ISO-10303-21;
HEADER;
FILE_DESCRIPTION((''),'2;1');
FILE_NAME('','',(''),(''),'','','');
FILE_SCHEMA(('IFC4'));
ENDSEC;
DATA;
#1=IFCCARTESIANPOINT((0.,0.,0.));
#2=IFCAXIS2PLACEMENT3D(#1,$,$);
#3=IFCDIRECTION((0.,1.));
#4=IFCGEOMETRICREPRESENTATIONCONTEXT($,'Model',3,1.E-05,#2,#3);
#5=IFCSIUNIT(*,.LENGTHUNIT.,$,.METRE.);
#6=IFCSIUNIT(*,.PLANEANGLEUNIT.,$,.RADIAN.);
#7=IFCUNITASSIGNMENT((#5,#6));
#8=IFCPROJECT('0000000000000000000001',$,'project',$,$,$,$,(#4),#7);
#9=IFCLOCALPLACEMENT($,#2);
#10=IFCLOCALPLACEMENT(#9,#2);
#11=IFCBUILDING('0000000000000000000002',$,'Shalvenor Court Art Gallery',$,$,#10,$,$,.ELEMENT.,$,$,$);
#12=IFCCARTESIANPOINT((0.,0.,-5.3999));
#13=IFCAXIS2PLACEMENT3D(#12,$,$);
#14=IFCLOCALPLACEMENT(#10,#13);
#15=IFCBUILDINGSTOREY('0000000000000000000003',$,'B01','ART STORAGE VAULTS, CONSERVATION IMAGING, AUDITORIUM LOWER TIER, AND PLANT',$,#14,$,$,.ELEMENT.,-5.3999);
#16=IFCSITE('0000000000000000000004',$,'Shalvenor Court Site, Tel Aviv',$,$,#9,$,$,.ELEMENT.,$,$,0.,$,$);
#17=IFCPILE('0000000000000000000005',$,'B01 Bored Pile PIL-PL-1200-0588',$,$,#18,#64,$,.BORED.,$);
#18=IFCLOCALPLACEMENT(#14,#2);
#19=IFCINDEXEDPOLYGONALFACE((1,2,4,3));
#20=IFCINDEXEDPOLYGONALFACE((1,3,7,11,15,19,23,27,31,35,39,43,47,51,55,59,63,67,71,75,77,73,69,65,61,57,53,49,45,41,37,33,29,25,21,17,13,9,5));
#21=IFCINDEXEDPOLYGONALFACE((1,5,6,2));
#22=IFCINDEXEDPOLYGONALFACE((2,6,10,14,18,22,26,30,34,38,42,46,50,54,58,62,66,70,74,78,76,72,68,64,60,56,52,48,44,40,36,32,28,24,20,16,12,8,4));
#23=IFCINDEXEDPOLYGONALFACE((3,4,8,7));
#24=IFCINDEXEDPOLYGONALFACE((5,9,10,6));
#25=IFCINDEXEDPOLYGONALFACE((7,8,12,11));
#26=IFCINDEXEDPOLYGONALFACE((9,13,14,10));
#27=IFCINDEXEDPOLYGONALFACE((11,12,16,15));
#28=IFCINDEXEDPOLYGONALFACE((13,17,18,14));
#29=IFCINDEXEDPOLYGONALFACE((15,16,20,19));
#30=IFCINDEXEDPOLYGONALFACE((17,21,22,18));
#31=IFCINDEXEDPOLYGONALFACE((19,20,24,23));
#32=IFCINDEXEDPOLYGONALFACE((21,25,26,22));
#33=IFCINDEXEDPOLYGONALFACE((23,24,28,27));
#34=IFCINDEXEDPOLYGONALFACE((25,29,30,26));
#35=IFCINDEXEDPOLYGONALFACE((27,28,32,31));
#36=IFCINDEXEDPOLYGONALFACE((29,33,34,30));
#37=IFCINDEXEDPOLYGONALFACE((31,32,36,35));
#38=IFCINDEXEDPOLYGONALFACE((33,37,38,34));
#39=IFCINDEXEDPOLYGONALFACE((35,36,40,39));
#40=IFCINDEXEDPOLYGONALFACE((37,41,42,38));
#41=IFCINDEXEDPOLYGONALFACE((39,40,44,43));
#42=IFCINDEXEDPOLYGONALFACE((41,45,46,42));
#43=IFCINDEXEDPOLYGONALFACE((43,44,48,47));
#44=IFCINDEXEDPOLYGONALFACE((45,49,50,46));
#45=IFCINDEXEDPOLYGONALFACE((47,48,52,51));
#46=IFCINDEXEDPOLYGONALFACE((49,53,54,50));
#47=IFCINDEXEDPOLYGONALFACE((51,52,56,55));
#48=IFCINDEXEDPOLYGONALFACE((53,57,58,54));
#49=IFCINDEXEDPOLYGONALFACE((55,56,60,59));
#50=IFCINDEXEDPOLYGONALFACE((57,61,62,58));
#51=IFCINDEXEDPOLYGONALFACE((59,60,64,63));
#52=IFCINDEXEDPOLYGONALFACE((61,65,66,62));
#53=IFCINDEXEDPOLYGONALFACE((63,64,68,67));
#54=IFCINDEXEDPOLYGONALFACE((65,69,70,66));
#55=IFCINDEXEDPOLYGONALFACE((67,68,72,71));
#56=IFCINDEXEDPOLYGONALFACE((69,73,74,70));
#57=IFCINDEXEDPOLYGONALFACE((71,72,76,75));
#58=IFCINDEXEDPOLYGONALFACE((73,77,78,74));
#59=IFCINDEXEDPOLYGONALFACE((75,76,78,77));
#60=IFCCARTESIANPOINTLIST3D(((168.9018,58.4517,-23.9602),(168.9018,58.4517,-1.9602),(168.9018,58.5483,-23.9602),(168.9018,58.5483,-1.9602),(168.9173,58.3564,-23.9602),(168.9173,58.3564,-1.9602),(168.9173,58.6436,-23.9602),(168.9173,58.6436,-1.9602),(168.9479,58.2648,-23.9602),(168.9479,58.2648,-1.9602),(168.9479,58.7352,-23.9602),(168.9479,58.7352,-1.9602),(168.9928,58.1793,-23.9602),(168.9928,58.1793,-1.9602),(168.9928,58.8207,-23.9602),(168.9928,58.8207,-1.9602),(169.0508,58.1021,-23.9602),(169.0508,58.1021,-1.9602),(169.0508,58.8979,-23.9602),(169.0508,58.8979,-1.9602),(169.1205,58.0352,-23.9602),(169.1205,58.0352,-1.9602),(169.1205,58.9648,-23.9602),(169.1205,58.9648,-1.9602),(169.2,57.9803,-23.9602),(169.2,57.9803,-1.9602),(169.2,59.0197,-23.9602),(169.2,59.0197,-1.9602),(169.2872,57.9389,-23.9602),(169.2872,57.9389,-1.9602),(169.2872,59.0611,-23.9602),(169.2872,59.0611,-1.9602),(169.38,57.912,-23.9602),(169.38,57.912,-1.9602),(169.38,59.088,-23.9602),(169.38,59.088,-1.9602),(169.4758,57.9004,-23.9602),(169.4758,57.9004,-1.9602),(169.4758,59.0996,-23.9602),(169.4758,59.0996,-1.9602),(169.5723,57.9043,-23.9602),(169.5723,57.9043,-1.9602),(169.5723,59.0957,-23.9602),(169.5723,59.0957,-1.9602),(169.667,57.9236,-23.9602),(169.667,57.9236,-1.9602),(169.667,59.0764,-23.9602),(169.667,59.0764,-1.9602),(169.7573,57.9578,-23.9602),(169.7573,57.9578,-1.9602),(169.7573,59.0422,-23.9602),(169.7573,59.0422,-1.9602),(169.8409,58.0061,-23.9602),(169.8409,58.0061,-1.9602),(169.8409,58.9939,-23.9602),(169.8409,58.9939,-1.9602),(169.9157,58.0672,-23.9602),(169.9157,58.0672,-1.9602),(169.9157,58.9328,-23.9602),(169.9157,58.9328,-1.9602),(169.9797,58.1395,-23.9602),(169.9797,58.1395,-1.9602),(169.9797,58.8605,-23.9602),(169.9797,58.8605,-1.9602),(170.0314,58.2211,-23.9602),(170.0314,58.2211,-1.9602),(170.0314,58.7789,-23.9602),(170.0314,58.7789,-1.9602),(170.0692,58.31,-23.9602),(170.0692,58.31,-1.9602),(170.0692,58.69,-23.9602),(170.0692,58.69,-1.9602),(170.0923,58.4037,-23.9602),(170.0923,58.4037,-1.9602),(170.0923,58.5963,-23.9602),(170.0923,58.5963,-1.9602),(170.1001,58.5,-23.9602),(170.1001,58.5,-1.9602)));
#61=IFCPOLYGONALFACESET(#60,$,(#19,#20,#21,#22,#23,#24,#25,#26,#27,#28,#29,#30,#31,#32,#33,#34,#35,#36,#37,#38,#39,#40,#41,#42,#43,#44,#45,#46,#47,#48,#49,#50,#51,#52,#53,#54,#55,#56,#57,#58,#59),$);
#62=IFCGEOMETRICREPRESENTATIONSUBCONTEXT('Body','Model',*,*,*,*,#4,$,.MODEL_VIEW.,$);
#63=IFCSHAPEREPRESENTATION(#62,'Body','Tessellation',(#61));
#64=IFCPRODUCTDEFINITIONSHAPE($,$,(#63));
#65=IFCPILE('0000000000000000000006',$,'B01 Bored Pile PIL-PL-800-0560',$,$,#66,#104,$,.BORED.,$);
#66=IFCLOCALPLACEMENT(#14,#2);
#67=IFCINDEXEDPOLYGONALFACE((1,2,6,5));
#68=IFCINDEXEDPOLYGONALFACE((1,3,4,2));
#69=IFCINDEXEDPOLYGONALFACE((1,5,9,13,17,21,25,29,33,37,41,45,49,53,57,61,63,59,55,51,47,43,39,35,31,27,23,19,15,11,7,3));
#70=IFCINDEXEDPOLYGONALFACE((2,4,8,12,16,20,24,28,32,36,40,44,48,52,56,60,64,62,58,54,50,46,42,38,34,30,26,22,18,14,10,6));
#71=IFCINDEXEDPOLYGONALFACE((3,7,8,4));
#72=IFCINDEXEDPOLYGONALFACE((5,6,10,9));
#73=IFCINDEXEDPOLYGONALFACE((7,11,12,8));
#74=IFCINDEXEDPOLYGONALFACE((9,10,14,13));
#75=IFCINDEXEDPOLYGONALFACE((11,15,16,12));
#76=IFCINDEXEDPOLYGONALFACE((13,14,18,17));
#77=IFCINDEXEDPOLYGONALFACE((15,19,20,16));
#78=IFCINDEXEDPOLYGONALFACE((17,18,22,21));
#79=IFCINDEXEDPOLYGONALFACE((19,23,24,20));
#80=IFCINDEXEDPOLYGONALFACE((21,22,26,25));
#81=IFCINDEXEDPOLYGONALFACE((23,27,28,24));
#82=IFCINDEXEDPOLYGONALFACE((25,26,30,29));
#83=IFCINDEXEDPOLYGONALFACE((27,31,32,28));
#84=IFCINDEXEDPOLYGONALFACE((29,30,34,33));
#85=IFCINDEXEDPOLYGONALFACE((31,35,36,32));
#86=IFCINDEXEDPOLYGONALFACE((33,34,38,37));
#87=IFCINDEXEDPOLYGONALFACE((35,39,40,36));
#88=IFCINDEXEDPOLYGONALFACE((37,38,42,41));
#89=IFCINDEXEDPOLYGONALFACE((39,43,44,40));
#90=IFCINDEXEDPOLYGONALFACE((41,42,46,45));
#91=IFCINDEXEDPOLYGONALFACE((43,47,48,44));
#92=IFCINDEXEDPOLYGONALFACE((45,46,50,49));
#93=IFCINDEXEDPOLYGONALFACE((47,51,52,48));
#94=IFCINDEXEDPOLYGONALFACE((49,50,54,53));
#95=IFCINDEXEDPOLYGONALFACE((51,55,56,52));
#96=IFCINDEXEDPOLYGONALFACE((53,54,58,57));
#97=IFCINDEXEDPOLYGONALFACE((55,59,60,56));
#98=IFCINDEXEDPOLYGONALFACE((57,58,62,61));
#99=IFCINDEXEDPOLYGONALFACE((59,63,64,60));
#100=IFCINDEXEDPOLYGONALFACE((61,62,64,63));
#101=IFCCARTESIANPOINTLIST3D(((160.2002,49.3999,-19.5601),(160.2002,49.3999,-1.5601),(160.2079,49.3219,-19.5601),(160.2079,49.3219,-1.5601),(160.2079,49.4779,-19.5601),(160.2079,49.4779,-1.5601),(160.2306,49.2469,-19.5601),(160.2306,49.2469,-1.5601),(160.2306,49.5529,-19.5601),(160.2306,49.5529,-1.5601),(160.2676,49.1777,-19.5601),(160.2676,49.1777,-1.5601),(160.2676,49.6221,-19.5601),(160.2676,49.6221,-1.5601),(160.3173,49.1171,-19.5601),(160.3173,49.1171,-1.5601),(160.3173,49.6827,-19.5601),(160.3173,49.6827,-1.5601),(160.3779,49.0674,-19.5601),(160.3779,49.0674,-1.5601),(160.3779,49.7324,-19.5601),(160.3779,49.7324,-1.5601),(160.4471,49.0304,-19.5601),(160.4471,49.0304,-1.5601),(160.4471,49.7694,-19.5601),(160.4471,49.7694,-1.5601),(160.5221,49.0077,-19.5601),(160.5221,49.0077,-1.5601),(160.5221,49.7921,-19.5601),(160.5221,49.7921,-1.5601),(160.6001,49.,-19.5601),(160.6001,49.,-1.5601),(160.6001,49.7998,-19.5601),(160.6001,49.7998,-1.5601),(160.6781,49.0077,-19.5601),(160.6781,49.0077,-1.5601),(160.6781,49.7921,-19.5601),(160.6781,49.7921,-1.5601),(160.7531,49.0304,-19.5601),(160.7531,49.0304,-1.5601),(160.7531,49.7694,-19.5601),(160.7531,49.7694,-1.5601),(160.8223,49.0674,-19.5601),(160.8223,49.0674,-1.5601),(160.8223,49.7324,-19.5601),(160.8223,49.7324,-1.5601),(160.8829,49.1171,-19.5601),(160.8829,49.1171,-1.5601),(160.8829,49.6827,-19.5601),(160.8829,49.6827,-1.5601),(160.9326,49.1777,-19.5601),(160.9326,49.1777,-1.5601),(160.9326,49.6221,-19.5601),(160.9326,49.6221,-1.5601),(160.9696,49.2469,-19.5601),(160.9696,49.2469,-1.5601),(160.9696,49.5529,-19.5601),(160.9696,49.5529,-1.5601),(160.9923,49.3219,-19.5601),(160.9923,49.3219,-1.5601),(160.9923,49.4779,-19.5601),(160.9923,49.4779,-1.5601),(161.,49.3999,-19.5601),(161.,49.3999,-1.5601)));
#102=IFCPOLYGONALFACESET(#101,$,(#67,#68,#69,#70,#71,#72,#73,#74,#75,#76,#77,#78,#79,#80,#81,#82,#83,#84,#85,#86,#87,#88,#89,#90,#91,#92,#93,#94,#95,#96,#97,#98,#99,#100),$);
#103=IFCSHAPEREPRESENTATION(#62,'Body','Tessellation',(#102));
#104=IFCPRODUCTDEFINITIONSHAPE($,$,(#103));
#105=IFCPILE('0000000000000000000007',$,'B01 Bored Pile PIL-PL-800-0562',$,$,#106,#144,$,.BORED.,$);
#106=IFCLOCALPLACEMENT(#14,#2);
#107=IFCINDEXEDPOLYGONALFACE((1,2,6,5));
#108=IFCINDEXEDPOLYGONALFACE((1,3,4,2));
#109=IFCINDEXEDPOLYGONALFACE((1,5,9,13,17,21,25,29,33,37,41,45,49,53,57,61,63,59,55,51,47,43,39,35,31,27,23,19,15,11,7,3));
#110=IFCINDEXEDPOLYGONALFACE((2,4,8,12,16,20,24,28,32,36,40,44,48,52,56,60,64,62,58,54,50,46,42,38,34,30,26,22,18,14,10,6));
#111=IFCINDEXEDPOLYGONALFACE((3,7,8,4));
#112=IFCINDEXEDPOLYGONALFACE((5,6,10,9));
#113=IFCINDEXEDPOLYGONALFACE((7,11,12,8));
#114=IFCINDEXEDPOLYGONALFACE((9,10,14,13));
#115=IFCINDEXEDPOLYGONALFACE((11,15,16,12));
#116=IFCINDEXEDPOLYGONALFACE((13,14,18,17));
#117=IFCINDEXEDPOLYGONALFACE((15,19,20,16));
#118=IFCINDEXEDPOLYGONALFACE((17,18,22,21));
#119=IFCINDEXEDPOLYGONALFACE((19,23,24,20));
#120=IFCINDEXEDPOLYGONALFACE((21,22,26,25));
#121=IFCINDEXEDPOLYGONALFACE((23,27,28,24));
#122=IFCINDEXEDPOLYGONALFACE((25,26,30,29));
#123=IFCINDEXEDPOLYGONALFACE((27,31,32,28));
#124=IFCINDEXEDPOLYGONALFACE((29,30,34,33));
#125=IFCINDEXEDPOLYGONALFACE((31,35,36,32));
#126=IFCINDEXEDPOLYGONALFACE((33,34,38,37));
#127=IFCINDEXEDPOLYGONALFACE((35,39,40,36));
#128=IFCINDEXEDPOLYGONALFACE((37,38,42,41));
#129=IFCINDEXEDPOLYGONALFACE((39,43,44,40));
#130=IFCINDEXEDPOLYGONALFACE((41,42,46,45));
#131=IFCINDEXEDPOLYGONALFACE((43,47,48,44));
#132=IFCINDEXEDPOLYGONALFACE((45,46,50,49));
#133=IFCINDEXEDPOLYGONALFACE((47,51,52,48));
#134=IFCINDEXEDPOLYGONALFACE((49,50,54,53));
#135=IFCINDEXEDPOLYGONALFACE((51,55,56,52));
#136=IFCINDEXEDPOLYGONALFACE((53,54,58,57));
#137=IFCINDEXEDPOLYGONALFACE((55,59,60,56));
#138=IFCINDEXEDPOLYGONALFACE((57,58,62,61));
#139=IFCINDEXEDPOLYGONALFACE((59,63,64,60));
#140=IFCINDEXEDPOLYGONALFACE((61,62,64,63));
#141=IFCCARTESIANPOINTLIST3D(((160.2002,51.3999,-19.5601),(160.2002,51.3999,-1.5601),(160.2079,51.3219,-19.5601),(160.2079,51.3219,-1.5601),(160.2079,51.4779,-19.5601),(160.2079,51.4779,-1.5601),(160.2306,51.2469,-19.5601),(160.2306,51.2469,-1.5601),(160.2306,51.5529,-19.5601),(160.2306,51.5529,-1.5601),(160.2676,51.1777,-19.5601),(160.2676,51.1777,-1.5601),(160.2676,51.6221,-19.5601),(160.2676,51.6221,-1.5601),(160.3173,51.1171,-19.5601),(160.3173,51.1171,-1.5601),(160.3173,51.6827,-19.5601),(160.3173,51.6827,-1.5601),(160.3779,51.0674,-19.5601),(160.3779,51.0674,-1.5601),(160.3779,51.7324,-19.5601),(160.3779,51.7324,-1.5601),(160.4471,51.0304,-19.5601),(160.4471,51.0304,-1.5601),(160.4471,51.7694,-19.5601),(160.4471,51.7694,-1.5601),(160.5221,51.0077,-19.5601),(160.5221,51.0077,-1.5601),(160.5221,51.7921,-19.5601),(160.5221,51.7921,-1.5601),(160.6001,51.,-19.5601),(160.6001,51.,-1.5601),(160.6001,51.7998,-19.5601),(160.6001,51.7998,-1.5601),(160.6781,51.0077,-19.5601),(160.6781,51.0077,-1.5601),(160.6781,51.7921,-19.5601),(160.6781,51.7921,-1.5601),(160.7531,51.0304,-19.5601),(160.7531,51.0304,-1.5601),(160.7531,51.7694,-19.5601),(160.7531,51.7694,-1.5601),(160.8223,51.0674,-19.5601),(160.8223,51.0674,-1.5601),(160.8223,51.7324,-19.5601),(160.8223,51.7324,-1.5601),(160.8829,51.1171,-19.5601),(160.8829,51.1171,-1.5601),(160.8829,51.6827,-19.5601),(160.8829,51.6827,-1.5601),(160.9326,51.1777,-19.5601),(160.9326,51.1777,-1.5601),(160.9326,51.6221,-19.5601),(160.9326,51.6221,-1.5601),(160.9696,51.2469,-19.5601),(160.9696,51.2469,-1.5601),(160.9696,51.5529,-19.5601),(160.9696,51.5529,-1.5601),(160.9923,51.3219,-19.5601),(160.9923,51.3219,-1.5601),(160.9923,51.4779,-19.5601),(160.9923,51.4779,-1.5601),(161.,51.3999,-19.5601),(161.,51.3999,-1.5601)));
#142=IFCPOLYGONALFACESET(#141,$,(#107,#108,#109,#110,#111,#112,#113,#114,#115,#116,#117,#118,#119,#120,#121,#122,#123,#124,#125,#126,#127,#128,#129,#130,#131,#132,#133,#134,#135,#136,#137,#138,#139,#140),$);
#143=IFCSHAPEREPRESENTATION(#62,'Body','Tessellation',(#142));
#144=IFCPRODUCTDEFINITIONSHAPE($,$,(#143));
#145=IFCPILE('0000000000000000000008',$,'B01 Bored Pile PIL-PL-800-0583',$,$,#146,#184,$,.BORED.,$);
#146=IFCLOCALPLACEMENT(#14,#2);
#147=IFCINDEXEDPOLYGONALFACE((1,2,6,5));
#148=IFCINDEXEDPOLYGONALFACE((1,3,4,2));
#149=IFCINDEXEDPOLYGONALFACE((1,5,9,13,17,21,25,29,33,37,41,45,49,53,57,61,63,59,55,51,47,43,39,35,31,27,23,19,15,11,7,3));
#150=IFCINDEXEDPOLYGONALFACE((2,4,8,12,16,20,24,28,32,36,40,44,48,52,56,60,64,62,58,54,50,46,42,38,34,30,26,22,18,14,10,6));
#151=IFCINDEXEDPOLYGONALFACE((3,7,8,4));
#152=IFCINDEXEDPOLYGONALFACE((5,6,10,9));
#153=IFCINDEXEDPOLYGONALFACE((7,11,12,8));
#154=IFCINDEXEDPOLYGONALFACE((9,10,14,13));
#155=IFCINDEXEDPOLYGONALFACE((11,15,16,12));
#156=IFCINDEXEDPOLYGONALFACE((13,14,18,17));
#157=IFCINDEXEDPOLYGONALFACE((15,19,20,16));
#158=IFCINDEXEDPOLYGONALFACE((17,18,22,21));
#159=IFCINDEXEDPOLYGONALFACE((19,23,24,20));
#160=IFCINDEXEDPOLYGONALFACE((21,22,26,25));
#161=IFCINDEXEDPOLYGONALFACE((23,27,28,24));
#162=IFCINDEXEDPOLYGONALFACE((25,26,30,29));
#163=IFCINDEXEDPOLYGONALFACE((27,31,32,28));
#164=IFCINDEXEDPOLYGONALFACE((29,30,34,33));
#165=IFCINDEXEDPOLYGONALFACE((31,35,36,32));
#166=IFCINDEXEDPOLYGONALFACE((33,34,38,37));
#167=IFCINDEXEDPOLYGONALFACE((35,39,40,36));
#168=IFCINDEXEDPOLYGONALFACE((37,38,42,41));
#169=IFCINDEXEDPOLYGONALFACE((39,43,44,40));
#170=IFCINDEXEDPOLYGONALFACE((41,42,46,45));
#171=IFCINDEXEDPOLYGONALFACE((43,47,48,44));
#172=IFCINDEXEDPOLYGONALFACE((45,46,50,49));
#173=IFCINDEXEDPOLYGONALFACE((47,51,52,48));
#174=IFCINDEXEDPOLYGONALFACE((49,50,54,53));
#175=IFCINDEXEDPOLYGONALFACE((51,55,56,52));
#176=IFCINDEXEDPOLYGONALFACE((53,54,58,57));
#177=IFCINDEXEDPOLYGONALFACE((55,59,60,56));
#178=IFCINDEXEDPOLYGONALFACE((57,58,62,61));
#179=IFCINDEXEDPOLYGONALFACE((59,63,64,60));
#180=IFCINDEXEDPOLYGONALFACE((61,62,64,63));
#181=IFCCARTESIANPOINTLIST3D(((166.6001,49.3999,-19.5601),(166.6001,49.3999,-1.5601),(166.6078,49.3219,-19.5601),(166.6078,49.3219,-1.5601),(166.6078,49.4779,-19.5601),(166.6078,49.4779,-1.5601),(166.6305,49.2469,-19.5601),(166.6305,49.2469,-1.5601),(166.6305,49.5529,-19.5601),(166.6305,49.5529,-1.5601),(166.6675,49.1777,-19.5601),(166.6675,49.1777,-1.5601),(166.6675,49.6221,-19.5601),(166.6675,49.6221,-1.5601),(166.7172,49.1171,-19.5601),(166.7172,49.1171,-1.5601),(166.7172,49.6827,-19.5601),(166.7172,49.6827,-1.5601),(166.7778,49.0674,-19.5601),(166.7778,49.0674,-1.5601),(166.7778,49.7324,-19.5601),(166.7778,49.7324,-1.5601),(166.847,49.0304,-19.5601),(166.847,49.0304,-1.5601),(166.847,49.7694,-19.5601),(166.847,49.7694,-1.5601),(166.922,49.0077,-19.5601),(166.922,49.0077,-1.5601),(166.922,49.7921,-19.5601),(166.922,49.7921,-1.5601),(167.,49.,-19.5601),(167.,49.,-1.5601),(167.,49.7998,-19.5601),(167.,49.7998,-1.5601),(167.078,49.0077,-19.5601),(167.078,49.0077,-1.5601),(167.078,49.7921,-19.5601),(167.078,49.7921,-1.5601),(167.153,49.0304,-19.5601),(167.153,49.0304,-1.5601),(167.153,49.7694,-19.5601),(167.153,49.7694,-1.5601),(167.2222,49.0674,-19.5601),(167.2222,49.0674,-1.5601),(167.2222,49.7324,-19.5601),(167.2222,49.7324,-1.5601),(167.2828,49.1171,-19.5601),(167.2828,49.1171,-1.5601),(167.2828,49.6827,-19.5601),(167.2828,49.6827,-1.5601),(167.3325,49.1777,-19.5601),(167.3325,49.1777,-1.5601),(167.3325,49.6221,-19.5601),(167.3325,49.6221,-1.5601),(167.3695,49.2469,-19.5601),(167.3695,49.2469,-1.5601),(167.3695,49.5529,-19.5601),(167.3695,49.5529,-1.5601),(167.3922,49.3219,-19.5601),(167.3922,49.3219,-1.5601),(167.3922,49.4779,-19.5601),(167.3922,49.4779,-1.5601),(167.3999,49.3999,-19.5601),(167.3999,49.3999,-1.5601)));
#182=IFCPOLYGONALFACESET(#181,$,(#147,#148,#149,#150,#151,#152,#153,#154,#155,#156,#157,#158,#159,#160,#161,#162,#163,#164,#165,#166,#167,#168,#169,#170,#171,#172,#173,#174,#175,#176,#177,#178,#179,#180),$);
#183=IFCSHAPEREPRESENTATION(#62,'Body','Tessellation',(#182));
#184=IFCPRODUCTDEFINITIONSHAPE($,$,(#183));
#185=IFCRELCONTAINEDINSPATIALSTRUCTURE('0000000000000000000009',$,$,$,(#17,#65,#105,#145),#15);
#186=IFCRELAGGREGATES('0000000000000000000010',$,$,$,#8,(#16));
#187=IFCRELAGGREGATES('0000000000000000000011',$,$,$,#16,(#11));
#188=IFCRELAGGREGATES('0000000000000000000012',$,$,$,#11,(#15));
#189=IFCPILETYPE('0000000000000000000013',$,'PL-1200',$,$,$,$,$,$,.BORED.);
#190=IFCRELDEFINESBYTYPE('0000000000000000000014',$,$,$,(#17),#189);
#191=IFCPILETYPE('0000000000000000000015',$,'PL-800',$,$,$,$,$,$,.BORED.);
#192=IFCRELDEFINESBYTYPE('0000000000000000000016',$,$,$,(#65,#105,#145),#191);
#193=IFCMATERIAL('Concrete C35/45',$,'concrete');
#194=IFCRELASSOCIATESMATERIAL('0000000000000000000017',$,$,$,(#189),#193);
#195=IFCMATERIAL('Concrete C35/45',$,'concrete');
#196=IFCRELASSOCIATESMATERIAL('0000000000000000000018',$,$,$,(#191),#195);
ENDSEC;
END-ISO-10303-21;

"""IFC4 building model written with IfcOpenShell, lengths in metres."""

from ifc_helpers import new_model, si_unit, direction, frame, origin, origin_2d, place, context, subcontext, project, spatial, circle, extrude, material, material_profile, profile_set, type_object, element, save


model = new_model("IFC4")

# Units and contexts
model_context = context("Model", 3, precision=1e-05, world=origin(), true_north=direction((0.0, 1.0)))
body_context = subcontext(model_context, "Body", "Model", "MODEL_VIEW")
ifc_project = project(units=[si_unit("LENGTHUNIT", "METRE"), si_unit("PLANEANGLEUNIT", "RADIAN")], contexts=[model_context])

# Site, building, storey
site_placement = place(None, origin())
site = spatial("IfcSite", under=ifc_project, at=site_placement, Name="Shalvenor Court Site, Tel Aviv", CompositionType="ELEMENT", RefElevation=0.0)
building_placement = place(site_placement, origin())
building = spatial("IfcBuilding", under=site, at=building_placement, Name="Shalvenor Court Art Gallery", CompositionType="ELEMENT")
storey_placement = place(building_placement, frame((0.0, 0.0, -5.3999)))
storey = spatial("IfcBuildingStorey", under=building, at=storey_placement, Name="B01", Description="ART STORAGE VAULTS, CONSERVATION IMAGING, AUDITORIUM LOWER TIER, AND PLANT", CompositionType="ELEMENT", Elevation=-5.3999)

# Piles
ifc_material_1 = material(Name="Concrete C35/45", Category="concrete")
ifc_material_profile_1 = material_profile(ifc_material_1, circle(Radius=0.6001, at=origin_2d()), Name="PILE 1200")
ifc_profile_set_1 = profile_set([ifc_material_profile_1], Name="Concrete C35/45")
pile_type_1 = type_object("IfcPileType", Name="PL-1200", PredefinedType="BORED", material=ifc_profile_set_1)
for number, where, z_axis, x_axis, name in (
    (1, (169.5, 58.5, -1.9602), (0.0, 0.0, -1.0), (1.0, 0.0, 0.0), "B01 Bored Pile PIL-PL-1200-0588"),
):
    element("IfcPile", number, at=place(storey_placement, frame(where, z_axis=z_axis, x_axis=x_axis)), inside=storey, type_object=pile_type_1, Name=name, PredefinedType="BORED", context=body_context, shape_type="SweptSolid", body=[
        extrude(circle(Radius=0.6001, at=origin_2d()), origin(), (0.0, 0.0, 1.0), 22.0),
    ])
ifc_material_2 = material(Name="Concrete C35/45", Category="concrete")
ifc_material_profile_2 = material_profile(ifc_material_2, circle(Radius=0.3999, at=origin_2d()), Name="PILE 800")
ifc_profile_set_2 = profile_set([ifc_material_profile_2], Name="Concrete C35/45")
pile_type_2 = type_object("IfcPileType", Name="PL-800", PredefinedType="BORED", material=ifc_profile_set_2)
for number, where, z_axis, x_axis, name in (
    (2, (160.6001, 49.3999, -1.5601), (0.0, 0.0, -1.0), (1.0, 0.0, 0.0), "B01 Bored Pile PIL-PL-800-0560"),
    (3, (160.6001, 51.3999, -1.5601), (0.0, 0.0, -1.0), (1.0, 0.0, 0.0), "B01 Bored Pile PIL-PL-800-0562"),
    (4, (167.0, 49.3999, -1.5601), (0.0, 0.0, -1.0), (1.0, 0.0, 0.0), "B01 Bored Pile PIL-PL-800-0583"),
):
    element("IfcPile", number, at=place(storey_placement, frame(where, z_axis=z_axis, x_axis=x_axis)), inside=storey, type_object=pile_type_2, Name=name, PredefinedType="BORED", context=body_context, shape_type="SweptSolid", body=[
        extrude(circle(Radius=0.3999, at=origin_2d()), origin(), (0.0, 0.0, 1.0), 18.0),
    ])

save(model, "model.ifc")
